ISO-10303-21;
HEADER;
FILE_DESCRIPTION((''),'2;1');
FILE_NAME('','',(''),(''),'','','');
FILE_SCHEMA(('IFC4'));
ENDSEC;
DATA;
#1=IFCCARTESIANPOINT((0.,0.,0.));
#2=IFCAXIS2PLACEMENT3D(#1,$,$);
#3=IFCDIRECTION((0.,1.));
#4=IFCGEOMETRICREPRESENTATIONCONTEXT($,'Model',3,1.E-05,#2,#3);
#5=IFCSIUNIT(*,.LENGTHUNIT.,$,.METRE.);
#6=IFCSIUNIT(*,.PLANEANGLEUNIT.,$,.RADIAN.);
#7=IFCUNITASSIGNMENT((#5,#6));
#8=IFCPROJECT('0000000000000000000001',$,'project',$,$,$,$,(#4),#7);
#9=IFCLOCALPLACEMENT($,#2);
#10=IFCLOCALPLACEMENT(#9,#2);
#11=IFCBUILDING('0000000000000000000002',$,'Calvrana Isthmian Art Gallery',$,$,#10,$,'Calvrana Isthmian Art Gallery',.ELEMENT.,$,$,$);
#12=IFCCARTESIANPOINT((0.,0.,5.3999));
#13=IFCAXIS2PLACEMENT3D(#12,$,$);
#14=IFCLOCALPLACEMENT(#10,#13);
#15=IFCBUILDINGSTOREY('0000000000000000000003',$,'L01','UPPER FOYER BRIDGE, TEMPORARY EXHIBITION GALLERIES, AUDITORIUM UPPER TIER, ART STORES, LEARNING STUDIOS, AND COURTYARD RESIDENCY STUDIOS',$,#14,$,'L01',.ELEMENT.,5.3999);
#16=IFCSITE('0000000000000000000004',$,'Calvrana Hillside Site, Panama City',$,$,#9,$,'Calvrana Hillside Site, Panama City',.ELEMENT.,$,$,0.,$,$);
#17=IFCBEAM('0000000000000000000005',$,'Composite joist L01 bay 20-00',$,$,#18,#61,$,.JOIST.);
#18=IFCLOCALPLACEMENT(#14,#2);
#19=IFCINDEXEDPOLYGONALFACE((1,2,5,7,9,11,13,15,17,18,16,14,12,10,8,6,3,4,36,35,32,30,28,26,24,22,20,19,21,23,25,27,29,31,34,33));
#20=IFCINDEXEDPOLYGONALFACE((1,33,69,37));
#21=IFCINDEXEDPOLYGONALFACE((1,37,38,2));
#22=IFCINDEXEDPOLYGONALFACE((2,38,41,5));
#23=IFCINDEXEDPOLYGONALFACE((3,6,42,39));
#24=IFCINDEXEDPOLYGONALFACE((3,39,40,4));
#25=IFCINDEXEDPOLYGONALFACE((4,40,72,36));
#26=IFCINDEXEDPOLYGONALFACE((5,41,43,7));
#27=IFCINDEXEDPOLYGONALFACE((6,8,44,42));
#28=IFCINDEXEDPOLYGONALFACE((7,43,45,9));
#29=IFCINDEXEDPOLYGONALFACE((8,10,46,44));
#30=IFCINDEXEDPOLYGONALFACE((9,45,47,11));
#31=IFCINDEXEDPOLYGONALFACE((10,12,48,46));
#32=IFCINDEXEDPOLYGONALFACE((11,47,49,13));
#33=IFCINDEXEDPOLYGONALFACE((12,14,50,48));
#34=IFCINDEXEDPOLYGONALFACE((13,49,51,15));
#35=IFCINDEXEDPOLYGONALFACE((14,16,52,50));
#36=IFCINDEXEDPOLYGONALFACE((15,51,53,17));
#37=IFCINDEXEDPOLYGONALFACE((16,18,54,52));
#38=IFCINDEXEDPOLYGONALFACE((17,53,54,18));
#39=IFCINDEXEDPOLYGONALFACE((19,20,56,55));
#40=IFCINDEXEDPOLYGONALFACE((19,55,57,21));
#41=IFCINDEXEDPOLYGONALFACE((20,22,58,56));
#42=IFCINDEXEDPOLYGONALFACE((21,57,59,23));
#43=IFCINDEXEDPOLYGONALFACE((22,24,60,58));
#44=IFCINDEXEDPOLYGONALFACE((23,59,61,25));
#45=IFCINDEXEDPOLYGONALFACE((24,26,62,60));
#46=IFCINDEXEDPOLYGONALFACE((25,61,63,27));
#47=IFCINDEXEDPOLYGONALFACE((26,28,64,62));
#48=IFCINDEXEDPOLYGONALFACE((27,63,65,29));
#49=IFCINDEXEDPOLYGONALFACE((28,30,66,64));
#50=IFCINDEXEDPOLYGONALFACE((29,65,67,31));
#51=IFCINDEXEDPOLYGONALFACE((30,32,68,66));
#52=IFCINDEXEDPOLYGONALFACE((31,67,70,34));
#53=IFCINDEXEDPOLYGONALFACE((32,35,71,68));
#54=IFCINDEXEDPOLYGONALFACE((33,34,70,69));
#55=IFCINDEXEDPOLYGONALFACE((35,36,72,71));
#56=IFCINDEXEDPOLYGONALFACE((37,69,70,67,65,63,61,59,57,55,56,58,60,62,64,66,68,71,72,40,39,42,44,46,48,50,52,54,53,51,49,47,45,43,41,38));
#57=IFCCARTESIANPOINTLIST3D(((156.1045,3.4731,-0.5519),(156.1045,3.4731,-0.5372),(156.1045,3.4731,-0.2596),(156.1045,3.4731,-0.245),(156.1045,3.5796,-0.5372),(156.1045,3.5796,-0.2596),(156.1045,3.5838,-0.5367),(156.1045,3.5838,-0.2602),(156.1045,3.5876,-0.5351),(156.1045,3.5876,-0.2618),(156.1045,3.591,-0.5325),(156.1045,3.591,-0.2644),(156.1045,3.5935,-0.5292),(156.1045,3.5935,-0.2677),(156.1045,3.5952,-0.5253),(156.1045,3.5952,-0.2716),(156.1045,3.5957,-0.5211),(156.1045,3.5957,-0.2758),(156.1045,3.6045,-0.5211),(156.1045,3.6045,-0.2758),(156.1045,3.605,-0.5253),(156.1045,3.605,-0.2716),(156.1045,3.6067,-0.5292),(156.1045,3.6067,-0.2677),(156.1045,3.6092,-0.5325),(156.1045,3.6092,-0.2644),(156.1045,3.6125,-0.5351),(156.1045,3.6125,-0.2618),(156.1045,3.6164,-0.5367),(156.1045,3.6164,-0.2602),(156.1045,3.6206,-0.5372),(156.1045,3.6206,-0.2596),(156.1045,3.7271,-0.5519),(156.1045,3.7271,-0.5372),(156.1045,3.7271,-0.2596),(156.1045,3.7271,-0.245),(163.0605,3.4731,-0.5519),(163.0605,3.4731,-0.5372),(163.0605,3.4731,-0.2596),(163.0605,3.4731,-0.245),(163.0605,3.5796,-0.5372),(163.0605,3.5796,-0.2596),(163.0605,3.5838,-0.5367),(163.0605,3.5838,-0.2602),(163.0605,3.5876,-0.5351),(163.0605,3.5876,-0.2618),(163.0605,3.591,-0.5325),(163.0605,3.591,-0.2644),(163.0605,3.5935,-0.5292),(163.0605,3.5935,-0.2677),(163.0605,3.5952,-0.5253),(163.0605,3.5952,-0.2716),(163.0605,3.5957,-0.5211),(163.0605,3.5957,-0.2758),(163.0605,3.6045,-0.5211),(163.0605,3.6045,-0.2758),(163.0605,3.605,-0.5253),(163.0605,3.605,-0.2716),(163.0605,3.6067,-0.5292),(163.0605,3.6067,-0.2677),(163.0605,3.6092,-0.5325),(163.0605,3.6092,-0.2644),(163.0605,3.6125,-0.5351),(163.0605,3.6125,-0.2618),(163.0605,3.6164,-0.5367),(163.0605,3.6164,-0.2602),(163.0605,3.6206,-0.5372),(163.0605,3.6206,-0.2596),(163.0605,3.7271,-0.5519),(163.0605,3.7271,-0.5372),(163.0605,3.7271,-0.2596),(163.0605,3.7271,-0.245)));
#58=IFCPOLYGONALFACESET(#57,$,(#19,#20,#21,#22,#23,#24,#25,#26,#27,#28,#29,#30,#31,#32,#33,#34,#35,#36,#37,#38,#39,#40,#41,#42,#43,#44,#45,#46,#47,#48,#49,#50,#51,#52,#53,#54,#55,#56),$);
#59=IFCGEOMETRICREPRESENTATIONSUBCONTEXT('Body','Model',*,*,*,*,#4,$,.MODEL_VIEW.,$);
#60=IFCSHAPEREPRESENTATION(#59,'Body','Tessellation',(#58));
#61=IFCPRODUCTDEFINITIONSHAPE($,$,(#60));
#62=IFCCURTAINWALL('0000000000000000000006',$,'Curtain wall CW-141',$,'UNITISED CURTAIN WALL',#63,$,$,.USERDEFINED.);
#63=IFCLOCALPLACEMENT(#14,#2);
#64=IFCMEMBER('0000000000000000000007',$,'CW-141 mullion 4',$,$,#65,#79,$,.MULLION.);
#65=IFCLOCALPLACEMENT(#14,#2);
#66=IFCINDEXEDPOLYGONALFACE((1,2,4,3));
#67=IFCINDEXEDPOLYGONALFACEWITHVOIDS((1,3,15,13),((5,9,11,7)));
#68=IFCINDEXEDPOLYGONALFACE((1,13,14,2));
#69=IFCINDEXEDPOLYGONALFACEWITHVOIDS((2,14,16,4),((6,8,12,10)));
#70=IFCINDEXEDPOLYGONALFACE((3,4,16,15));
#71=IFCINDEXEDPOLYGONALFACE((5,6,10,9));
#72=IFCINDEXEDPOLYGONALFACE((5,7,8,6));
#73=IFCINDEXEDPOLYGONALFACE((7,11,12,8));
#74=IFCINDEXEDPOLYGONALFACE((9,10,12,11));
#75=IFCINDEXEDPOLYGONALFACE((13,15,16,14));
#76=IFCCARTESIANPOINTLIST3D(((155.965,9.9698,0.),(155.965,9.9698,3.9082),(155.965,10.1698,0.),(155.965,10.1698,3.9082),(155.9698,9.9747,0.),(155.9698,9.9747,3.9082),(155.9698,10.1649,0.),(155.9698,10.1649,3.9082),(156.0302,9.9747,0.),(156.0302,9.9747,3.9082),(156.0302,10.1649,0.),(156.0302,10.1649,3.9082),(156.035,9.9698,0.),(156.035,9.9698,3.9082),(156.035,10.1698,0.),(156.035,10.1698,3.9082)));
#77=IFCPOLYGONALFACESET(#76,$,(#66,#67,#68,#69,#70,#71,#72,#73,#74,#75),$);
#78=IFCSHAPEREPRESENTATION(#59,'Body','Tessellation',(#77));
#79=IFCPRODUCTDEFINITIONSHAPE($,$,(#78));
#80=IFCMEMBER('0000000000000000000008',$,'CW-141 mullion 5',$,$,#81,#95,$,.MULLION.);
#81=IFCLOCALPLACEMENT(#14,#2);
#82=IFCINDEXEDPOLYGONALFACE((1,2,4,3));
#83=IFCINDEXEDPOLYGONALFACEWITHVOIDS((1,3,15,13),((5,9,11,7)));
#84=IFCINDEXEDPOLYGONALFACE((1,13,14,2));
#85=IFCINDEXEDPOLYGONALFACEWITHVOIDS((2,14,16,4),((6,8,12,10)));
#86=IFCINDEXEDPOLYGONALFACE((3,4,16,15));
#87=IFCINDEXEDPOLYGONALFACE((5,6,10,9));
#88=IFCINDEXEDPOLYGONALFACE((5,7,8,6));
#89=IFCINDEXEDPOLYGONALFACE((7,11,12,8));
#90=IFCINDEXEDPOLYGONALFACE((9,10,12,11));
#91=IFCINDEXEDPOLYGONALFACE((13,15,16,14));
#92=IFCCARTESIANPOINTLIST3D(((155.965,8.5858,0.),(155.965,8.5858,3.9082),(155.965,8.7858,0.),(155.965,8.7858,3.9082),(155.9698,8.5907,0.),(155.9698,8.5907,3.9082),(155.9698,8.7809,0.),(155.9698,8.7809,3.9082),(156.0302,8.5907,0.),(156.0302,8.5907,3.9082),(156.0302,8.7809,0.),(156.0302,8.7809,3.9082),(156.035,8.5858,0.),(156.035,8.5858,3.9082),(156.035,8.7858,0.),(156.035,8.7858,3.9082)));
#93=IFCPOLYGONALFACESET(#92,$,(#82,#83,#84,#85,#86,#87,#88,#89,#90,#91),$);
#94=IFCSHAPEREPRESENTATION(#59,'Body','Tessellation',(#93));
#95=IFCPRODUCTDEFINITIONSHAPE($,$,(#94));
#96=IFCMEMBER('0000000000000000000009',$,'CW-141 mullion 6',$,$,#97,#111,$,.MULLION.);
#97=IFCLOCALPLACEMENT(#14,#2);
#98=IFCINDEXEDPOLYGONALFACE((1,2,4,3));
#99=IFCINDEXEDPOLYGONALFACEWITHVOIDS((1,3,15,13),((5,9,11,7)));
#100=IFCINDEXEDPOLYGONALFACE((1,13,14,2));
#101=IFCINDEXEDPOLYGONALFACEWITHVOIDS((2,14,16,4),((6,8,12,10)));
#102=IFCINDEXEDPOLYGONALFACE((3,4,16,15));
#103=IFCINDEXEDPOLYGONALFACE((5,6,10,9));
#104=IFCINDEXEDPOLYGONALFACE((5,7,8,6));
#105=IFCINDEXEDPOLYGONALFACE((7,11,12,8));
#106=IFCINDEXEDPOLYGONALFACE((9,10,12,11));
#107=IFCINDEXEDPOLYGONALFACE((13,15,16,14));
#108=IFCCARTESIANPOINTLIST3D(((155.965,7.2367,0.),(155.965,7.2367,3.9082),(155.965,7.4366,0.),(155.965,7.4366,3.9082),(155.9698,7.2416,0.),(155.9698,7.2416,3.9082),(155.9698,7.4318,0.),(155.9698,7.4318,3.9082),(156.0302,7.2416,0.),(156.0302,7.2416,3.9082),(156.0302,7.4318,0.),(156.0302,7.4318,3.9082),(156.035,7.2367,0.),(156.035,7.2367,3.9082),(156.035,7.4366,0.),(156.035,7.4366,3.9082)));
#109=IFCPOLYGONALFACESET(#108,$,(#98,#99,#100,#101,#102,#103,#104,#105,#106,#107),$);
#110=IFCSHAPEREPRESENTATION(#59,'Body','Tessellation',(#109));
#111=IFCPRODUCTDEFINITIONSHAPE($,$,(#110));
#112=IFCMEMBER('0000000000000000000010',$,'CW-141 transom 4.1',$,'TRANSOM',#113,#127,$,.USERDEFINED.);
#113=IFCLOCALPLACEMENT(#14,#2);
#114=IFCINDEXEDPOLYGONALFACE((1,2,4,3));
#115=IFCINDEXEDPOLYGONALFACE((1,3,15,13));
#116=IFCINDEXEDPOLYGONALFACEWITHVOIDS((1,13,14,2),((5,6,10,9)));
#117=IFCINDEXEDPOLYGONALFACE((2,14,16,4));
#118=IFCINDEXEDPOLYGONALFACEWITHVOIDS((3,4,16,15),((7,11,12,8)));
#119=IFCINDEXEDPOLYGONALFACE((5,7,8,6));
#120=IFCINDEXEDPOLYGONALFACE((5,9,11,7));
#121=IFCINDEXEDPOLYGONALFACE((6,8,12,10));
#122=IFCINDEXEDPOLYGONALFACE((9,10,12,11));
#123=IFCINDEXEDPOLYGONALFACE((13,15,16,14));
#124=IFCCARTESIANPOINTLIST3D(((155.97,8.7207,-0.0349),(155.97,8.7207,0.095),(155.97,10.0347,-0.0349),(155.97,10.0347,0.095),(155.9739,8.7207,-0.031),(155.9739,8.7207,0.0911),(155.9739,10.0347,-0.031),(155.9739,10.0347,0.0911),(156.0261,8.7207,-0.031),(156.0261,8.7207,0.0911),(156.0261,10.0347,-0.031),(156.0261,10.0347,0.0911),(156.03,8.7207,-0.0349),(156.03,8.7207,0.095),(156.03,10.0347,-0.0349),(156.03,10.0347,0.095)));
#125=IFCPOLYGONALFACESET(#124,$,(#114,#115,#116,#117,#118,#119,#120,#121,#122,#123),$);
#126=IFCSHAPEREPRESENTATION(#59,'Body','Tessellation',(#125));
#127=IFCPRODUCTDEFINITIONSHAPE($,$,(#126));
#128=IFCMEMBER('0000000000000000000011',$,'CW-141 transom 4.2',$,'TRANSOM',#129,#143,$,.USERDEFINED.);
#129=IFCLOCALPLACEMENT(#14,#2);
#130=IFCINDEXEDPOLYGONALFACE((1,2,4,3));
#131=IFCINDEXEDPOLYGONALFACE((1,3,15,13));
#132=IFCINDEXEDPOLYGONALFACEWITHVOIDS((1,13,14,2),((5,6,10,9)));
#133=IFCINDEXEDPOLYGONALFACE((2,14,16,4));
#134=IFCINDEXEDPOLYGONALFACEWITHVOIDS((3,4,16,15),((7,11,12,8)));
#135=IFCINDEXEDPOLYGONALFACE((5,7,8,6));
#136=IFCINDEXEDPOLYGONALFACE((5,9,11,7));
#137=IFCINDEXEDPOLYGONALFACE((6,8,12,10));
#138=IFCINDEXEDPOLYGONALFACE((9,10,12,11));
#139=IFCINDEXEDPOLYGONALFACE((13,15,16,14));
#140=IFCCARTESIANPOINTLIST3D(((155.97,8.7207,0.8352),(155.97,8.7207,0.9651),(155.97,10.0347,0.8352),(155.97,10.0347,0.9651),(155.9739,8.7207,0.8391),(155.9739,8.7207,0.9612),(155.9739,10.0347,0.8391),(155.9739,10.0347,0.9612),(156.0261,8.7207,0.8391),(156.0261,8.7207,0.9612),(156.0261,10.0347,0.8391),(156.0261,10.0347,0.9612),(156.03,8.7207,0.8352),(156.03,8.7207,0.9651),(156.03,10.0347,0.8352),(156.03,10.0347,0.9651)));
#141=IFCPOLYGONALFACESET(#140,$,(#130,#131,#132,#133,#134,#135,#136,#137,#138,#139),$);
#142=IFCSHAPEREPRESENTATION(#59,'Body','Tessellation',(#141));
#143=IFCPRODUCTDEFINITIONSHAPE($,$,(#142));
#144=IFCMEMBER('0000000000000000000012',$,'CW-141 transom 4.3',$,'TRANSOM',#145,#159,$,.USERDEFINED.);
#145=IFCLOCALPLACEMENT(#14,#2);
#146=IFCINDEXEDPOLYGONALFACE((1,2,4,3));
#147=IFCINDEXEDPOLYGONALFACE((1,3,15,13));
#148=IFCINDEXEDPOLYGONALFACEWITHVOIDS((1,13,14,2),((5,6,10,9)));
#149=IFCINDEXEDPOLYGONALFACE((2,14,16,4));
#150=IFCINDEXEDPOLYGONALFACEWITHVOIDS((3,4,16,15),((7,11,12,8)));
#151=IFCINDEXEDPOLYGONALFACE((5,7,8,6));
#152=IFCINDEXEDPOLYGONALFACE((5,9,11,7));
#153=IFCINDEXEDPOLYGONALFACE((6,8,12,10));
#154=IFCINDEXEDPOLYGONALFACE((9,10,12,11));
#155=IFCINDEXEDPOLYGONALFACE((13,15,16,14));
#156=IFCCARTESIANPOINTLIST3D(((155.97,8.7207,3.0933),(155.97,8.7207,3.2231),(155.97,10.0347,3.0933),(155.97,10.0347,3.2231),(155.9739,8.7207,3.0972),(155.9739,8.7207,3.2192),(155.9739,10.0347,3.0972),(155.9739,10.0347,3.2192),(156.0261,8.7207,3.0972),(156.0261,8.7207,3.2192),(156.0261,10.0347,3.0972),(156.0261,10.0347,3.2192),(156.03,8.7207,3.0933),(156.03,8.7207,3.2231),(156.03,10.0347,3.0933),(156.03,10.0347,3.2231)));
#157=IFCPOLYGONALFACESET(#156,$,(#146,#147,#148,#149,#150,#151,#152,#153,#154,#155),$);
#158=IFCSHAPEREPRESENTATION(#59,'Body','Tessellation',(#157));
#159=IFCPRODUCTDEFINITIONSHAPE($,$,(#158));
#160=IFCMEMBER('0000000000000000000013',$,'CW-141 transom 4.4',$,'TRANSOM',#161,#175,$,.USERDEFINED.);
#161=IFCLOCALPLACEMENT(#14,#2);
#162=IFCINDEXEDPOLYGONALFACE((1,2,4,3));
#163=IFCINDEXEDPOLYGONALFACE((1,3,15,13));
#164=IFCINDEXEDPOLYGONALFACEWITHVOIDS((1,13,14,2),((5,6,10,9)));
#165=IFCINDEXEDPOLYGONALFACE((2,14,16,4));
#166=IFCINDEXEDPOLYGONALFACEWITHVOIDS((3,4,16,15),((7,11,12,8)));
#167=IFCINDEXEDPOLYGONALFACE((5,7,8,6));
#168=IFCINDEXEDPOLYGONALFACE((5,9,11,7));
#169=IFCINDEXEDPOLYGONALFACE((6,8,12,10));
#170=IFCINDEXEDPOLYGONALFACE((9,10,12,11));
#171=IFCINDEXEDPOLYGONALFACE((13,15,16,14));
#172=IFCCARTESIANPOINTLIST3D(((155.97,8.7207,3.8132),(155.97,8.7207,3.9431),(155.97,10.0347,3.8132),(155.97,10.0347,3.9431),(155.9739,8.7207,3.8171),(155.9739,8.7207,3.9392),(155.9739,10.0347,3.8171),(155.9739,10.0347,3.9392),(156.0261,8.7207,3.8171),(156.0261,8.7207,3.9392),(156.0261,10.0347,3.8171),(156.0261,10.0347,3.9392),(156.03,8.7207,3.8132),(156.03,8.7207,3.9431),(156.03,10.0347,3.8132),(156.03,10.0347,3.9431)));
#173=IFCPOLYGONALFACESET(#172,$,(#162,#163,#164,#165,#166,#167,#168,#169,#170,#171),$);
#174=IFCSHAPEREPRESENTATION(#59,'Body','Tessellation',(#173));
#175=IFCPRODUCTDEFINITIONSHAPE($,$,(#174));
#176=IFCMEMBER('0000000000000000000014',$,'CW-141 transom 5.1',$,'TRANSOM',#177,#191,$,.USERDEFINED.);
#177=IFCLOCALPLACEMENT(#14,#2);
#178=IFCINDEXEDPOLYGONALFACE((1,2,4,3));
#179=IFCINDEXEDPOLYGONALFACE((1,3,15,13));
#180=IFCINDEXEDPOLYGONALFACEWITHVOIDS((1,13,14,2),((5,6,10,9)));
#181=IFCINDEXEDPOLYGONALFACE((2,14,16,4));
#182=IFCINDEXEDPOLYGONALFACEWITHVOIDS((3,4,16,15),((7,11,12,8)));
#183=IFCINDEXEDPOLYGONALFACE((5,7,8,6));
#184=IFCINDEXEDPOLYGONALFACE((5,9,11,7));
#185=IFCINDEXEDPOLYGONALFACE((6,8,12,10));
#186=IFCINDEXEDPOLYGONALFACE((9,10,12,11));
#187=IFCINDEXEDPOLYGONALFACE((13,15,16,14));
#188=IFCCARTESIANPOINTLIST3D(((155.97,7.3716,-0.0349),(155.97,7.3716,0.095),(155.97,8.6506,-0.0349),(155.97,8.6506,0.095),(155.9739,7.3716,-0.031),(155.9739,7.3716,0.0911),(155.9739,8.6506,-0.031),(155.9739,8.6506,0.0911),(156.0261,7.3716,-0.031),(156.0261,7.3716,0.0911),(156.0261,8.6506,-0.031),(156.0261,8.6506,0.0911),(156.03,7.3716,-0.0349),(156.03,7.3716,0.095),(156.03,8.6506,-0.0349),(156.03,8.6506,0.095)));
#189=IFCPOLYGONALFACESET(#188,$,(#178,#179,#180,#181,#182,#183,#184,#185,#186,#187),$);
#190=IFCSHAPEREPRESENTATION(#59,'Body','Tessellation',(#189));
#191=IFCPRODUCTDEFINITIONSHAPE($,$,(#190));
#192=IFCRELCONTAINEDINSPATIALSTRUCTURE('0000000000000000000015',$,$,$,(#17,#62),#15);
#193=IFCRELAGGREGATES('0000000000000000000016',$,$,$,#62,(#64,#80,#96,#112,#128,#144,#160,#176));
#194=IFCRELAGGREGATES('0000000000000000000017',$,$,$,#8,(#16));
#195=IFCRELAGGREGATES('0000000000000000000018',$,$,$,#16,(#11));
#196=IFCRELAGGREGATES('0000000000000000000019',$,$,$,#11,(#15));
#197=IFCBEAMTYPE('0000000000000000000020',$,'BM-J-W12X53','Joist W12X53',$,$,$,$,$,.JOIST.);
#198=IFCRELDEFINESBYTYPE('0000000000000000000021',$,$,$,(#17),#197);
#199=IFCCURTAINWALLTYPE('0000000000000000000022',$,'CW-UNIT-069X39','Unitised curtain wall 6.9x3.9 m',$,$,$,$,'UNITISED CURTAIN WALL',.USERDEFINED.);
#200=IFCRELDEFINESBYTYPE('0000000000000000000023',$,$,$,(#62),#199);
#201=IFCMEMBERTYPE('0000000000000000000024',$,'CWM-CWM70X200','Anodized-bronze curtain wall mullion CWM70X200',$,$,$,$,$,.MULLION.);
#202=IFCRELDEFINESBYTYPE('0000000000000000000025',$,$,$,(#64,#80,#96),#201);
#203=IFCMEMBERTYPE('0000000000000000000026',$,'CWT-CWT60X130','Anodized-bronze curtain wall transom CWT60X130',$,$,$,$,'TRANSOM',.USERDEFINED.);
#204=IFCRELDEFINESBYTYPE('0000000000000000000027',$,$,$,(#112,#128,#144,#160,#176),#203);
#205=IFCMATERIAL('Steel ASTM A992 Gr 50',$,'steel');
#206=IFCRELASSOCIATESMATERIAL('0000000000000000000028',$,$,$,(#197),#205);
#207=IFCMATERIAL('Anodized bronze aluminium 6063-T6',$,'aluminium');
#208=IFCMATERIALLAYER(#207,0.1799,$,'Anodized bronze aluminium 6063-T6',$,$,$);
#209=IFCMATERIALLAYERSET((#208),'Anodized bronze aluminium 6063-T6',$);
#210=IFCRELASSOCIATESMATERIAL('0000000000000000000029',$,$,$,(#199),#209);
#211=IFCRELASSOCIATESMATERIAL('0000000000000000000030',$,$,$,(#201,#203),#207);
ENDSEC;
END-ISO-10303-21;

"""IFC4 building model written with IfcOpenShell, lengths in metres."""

from ifc_helpers import new_model, si_unit, direction, frame, origin, origin_2d, place, context, subcontext, project, spatial, hollow_rectangle, i_section, extrude, material, layer, layer_set, material_profile, profile_set, type_object, element, aggregate, save


model = new_model("IFC4")

# Units and contexts
model_context = context("Model", 3, precision=1e-05, world=origin(), true_north=direction((0.0, 1.0)))
body_context = subcontext(model_context, "Body", "Model", "MODEL_VIEW")
ifc_project = project(units=[si_unit("LENGTHUNIT", "METRE"), si_unit("PLANEANGLEUNIT", "RADIAN")], contexts=[model_context])

# Site, building, storey
site_placement = place(None, origin())
site = spatial("IfcSite", under=ifc_project, at=site_placement, Name="Calvrana Hillside Site, Panama City", LongName="Calvrana Hillside Site, Panama City", CompositionType="ELEMENT", RefElevation=0.0)
building_placement = place(site_placement, origin())
building = spatial("IfcBuilding", under=site, at=building_placement, Name="Calvrana Isthmian Art Gallery", LongName="Calvrana Isthmian Art Gallery", CompositionType="ELEMENT")
storey_placement = place(building_placement, frame((0.0, 0.0, 5.3999)))
storey = spatial("IfcBuildingStorey", under=building, at=storey_placement, Name="L01", Description="UPPER FOYER BRIDGE, TEMPORARY EXHIBITION GALLERIES, AUDITORIUM UPPER TIER, ART STORES, LEARNING STUDIOS, AND COURTYARD RESIDENCY STUDIOS", LongName="L01", CompositionType="ELEMENT", Elevation=5.3999)

# Beam
ifc_material_1 = material(Name="Steel ASTM A992 Gr 50", Category="steel")
ifc_material_profile_1 = material_profile(ifc_material_1, i_section(OverallWidth=0.2539, OverallDepth=0.3069, WebThickness=0.0088, FlangeThickness=0.0146, FilletRadius=0.0161, at=origin_2d()), Name="W12X53")
ifc_profile_set_1 = profile_set([ifc_material_profile_1], Name="Steel ASTM A992 Gr 50")
beam_type_1 = type_object("IfcBeamType", Name="BM-J-W12X53", Description="Joist W12X53", PredefinedType="JOIST", material=ifc_profile_set_1)
beam_1_placement = place(storey_placement, frame((156.1045, 3.6001, -0.3984), z_axis=(1.0, 0.0, 0.0), x_axis=(0.0, 1.0, 0.0)))
element("IfcBeam", 1, at=beam_1_placement, inside=storey, type_object=beam_type_1, Name="Composite joist L01 bay 20-00", PredefinedType="JOIST", context=body_context, shape_type="SweptSolid", body=[
    extrude(i_section(OverallWidth=0.2539, OverallDepth=0.3069, WebThickness=0.0088, FlangeThickness=0.0146, FilletRadius=0.0161, at=origin_2d()), origin(), (0.0, 0.0, 1.0), 6.9561),
])

# Curtain wall, members
ifc_material_2 = material(Name="Anodized bronze aluminium 6063-T6", Category="aluminium")
ifc_layer_1 = layer(ifc_material_2, 0.1799, Name="Anodized bronze aluminium 6063-T6")
ifc_layer_set_1 = layer_set([ifc_layer_1], Name="Anodized bronze aluminium 6063-T6")
curtain_wall_type = type_object("IfcCurtainWallType", Name="CW-UNIT-069X39", Description="Unitised curtain wall 6.9x3.9 m", ElementType="UNITISED CURTAIN WALL", PredefinedType="USERDEFINED", material=ifc_layer_set_1)
curtain_wall_placement = place(storey_placement, origin())
curtain_wall = element("IfcCurtainWall", 2, at=curtain_wall_placement, inside=storey, type_object=curtain_wall_type, Name="Curtain wall CW-141", ObjectType="UNITISED CURTAIN WALL", PredefinedType="USERDEFINED")
ifc_material_profile_2 = material_profile(ifc_material_2, hollow_rectangle(XDim=0.0701, YDim=0.2, WallThickness=0.0049, at=origin_2d()), Name="CWM70X200")
ifc_profile_set_2 = profile_set([ifc_material_profile_2], Name="Anodized bronze aluminium 6063-T6")
member_type_1 = type_object("IfcMemberType", Name="CWM-CWM70X200", Description="Anodized-bronze curtain wall mullion CWM70X200", PredefinedType="MULLION", material=ifc_profile_set_2)
member_1_placement = place(storey_placement, frame((156.0, 10.0698, 0.0), z_axis=(0.0, 0.0, 1.0), x_axis=(1.0, 0.0, 0.0)))
member_1 = element("IfcMember", 3, at=member_1_placement, type_object=member_type_1, Name="CW-141 mullion 4", PredefinedType="MULLION", context=body_context, shape_type="SweptSolid", body=[
    extrude(hollow_rectangle(XDim=0.0701, YDim=0.2, WallThickness=0.0049, at=origin_2d()), origin(), (0.0, 0.0, 1.0), 3.9082),
])
member_2_placement = place(storey_placement, frame((156.0, 8.6858, 0.0), z_axis=(0.0, 0.0, 1.0), x_axis=(1.0, 0.0, 0.0)))
member_2 = element("IfcMember", 4, at=member_2_placement, type_object=member_type_1, Name="CW-141 mullion 5", PredefinedType="MULLION", context=body_context, shape_type="SweptSolid", body=[
    extrude(hollow_rectangle(XDim=0.0701, YDim=0.2, WallThickness=0.0049, at=origin_2d()), origin(), (0.0, 0.0, 1.0), 3.9082),
])
member_3_placement = place(storey_placement, frame((156.0, 7.3367, 0.0), z_axis=(0.0, 0.0, 1.0), x_axis=(1.0, 0.0, 0.0)))
member_3 = element("IfcMember", 5, at=member_3_placement, type_object=member_type_1, Name="CW-141 mullion 6", PredefinedType="MULLION", context=body_context, shape_type="SweptSolid", body=[
    extrude(hollow_rectangle(XDim=0.0701, YDim=0.2, WallThickness=0.0049, at=origin_2d()), origin(), (0.0, 0.0, 1.0), 3.9082),
])
ifc_material_profile_3 = material_profile(ifc_material_2, hollow_rectangle(XDim=0.0601, YDim=0.1299, WallThickness=0.0039, at=origin_2d()), Name="CWT60X130")
ifc_profile_set_3 = profile_set([ifc_material_profile_3], Name="Anodized bronze aluminium 6063-T6")
member_type_2 = type_object("IfcMemberType", Name="CWT-CWT60X130", Description="Anodized-bronze curtain wall transom CWT60X130", ElementType="TRANSOM", PredefinedType="USERDEFINED", material=ifc_profile_set_3)
member_4_placement = place(storey_placement, frame((156.0, 10.0347, 0.03), z_axis=(0.0, -1.0, 0.0), x_axis=(1.0, 0.0, 0.0)))
member_4 = element("IfcMember", 6, at=member_4_placement, type_object=member_type_2, Name="CW-141 transom 4.1", ObjectType="TRANSOM", PredefinedType="USERDEFINED", context=body_context, shape_type="SweptSolid", body=[
    extrude(hollow_rectangle(XDim=0.0601, YDim=0.1299, WallThickness=0.0039, at=origin_2d()), origin(), (0.0, 0.0, 1.0), 1.314),
])
member_5_placement = place(storey_placement, frame((156.0, 10.0347, 0.9001), z_axis=(0.0, -1.0, 0.0), x_axis=(1.0, 0.0, 0.0)))
member_5 = element("IfcMember", 7, at=member_5_placement, type_object=member_type_2, Name="CW-141 transom 4.2", ObjectType="TRANSOM", PredefinedType="USERDEFINED", context=body_context, shape_type="SweptSolid", body=[
    extrude(hollow_rectangle(XDim=0.0601, YDim=0.1299, WallThickness=0.0039, at=origin_2d()), origin(), (0.0, 0.0, 1.0), 1.314),
])
member_6_placement = place(storey_placement, frame((156.0, 10.0347, 3.1582), z_axis=(0.0, -1.0, 0.0), x_axis=(1.0, 0.0, 0.0)))
member_6 = element("IfcMember", 8, at=member_6_placement, type_object=member_type_2, Name="CW-141 transom 4.3", ObjectType="TRANSOM", PredefinedType="USERDEFINED", context=body_context, shape_type="SweptSolid", body=[
    extrude(hollow_rectangle(XDim=0.0601, YDim=0.1299, WallThickness=0.0039, at=origin_2d()), origin(), (0.0, 0.0, 1.0), 1.314),
])
member_7_placement = place(storey_placement, frame((156.0, 10.0347, 3.8782), z_axis=(0.0, -1.0, 0.0), x_axis=(1.0, 0.0, 0.0)))
member_7 = element("IfcMember", 9, at=member_7_placement, type_object=member_type_2, Name="CW-141 transom 4.4", ObjectType="TRANSOM", PredefinedType="USERDEFINED", context=body_context, shape_type="SweptSolid", body=[
    extrude(hollow_rectangle(XDim=0.0601, YDim=0.1299, WallThickness=0.0039, at=origin_2d()), origin(), (0.0, 0.0, 1.0), 1.314),
])
member_8_placement = place(storey_placement, frame((156.0, 8.6506, 0.03), z_axis=(0.0, -1.0, 0.0), x_axis=(1.0, 0.0, 0.0)))
member_8 = element("IfcMember", 10, at=member_8_placement, type_object=member_type_2, Name="CW-141 transom 5.1", ObjectType="TRANSOM", PredefinedType="USERDEFINED", context=body_context, shape_type="SweptSolid", body=[
    extrude(hollow_rectangle(XDim=0.0601, YDim=0.1299, WallThickness=0.0039, at=origin_2d()), origin(), (0.0, 0.0, 1.0), 1.2791),
])
aggregate(curtain_wall, [member_1, member_2, member_3, member_4, member_5, member_6, member_7, member_8])

save(model, "model.ifc")
